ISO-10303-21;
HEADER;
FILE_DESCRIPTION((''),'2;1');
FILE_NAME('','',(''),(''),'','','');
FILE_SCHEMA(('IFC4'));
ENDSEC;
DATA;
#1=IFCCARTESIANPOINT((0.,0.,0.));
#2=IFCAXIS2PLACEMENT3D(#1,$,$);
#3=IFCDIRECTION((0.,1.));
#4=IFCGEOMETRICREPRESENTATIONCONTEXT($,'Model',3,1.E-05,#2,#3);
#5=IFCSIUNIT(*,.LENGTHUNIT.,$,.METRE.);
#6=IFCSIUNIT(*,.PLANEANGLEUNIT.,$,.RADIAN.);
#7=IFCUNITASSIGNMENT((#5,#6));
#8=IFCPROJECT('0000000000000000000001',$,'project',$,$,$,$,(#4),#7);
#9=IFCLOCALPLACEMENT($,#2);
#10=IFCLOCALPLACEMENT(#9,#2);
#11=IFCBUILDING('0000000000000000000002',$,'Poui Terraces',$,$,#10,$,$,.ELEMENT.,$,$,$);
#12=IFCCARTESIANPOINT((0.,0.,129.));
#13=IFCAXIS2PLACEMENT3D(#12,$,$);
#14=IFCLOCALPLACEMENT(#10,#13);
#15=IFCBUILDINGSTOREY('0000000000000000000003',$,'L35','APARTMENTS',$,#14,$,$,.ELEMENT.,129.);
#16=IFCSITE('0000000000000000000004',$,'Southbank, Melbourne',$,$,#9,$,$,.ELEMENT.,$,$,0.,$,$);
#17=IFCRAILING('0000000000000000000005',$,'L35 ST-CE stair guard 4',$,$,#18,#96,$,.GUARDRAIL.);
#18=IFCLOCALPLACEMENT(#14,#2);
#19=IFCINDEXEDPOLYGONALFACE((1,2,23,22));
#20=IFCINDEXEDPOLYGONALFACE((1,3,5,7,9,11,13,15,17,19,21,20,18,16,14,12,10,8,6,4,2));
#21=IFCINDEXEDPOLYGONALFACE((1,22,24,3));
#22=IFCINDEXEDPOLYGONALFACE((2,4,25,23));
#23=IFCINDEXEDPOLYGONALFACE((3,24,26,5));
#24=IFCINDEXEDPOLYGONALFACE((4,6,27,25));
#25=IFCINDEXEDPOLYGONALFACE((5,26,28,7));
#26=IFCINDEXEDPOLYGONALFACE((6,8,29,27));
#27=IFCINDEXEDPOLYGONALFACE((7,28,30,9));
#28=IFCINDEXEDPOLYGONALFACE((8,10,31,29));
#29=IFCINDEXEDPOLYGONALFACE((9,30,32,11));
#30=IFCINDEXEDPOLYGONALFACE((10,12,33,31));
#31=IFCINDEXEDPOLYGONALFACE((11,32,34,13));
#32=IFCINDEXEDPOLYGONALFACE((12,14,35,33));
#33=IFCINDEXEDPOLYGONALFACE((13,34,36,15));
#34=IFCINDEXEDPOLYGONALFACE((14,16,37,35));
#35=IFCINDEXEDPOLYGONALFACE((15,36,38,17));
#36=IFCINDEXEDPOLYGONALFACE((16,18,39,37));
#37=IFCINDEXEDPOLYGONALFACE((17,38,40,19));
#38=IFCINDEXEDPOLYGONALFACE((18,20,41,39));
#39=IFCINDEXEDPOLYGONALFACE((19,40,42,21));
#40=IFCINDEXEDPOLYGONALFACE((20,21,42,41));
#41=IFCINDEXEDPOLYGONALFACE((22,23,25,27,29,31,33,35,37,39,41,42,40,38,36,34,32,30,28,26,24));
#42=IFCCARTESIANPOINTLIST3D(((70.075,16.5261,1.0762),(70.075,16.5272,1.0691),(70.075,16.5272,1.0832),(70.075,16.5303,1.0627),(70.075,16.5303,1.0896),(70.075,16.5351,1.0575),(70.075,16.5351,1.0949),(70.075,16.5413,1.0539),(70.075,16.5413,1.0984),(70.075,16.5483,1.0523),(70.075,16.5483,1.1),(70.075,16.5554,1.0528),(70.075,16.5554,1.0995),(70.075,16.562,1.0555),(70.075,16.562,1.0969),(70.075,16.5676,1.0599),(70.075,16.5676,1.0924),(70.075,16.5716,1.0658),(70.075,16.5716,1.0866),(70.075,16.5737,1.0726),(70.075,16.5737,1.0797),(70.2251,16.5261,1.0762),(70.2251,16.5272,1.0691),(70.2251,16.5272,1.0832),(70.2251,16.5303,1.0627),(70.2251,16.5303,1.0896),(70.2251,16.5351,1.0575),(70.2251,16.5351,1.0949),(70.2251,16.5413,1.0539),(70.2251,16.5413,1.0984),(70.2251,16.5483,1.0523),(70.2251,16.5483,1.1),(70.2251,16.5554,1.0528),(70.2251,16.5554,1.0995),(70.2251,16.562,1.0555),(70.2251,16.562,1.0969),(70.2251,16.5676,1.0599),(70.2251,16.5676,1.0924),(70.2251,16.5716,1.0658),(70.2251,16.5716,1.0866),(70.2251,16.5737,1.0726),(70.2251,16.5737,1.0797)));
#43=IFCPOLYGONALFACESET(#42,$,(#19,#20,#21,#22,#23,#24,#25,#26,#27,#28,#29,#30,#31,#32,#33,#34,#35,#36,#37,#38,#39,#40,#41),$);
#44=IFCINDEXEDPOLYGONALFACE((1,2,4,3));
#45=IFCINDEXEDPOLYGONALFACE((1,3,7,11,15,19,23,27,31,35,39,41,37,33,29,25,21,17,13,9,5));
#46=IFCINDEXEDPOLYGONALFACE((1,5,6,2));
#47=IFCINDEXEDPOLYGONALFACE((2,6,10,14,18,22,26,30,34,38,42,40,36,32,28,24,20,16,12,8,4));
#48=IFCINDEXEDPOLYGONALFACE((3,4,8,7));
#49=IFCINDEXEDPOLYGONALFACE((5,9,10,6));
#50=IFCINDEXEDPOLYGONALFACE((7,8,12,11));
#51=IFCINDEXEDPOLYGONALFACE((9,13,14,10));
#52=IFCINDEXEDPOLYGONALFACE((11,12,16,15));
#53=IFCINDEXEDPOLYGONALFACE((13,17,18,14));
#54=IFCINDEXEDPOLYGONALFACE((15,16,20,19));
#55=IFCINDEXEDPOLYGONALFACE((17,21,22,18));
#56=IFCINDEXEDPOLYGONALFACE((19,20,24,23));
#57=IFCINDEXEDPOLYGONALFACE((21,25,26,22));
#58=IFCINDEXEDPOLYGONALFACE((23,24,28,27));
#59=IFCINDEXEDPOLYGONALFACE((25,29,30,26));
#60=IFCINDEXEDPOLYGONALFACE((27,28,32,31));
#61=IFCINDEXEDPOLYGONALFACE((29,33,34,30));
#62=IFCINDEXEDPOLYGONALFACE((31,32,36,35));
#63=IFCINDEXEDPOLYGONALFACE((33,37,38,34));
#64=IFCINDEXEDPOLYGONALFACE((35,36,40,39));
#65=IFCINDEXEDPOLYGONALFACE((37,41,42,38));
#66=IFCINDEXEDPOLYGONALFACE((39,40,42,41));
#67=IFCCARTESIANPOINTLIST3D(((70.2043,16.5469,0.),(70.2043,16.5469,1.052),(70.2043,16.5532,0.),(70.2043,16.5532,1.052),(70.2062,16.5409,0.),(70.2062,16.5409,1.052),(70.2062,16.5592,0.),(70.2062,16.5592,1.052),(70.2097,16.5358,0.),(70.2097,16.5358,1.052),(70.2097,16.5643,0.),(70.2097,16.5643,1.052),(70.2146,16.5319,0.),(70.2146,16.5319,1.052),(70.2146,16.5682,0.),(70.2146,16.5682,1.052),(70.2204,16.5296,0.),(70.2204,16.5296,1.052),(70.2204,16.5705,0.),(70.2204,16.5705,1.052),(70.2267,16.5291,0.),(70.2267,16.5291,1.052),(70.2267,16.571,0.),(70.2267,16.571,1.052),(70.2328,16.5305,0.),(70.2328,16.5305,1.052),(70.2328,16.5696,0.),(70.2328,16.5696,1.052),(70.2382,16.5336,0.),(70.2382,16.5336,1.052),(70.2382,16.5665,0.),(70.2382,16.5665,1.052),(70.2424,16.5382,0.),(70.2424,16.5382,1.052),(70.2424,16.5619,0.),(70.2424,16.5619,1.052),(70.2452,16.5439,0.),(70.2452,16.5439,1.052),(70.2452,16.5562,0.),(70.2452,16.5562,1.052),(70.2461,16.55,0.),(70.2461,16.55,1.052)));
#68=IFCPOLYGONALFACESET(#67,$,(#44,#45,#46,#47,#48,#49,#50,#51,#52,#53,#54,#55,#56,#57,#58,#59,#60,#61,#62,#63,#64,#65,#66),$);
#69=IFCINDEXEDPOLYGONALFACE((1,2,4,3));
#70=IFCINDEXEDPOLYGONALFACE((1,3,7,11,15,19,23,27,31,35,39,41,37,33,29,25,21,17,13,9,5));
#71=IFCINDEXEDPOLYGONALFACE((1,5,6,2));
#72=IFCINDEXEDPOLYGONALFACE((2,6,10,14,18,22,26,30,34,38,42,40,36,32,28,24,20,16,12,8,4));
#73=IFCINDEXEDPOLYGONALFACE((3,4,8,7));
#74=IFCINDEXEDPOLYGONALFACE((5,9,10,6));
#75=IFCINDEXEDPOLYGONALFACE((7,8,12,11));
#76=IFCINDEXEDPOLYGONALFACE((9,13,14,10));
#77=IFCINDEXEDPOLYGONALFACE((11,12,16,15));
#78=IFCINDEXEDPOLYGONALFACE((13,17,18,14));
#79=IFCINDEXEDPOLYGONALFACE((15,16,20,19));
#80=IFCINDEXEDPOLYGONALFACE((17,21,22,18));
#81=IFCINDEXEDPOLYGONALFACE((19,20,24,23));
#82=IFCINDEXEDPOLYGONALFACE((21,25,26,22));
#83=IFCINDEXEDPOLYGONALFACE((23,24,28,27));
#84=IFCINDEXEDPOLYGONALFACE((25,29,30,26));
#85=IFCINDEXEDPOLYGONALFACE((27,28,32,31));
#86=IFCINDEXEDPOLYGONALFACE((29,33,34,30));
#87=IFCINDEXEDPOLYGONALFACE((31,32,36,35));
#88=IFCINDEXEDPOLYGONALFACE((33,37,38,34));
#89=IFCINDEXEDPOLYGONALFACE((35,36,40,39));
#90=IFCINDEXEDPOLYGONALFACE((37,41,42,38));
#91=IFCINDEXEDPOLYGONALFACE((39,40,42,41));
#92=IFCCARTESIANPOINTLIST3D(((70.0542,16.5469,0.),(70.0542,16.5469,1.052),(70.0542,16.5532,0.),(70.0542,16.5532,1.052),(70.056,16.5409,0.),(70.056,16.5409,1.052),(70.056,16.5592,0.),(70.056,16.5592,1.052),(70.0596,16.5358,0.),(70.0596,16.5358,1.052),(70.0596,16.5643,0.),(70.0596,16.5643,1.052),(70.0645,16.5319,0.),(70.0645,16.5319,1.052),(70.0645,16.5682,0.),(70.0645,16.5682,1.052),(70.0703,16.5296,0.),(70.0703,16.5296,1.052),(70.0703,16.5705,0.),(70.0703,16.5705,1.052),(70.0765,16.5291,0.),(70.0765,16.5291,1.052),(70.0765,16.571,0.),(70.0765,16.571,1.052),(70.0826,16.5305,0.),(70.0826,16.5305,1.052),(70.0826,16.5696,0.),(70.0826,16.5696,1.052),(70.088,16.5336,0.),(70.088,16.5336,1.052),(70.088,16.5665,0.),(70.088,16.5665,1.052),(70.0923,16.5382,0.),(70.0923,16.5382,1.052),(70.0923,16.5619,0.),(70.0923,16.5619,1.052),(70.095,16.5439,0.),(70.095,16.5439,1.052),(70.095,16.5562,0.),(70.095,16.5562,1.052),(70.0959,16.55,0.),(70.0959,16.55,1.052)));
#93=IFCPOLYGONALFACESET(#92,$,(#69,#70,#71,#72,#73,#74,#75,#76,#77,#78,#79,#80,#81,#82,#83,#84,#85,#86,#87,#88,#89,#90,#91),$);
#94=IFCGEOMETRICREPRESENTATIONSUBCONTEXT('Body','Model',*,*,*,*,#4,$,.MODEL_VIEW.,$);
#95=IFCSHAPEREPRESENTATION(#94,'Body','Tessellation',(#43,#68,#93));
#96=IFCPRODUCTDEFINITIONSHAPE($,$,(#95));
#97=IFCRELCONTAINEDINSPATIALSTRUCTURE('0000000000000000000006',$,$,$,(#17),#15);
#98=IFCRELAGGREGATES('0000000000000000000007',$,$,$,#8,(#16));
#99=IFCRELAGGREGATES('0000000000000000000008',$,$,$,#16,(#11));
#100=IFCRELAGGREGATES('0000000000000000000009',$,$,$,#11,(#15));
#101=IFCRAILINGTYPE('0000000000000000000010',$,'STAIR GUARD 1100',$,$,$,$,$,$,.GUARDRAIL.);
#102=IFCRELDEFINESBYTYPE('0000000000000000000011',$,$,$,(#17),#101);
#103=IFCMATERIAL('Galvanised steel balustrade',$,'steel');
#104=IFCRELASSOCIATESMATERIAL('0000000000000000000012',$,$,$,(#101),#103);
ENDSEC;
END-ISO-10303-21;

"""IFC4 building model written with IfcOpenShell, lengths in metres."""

from ifc_helpers import new_model, si_unit, direction, frame, origin, origin_2d, place, context, subcontext, project, spatial, circle, extrude, material, type_object, element, save


model = new_model("IFC4")

# Units and contexts
model_context = context("Model", 3, precision=1e-05, world=origin(), true_north=direction((0.0, 1.0)))
body_context = subcontext(model_context, "Body", "Model", "MODEL_VIEW")
ifc_project = project(units=[si_unit("LENGTHUNIT", "METRE"), si_unit("PLANEANGLEUNIT", "RADIAN")], contexts=[model_context])

# Site, building, storey
site_placement = place(None, origin())
site = spatial("IfcSite", under=ifc_project, at=site_placement, Name="Southbank, Melbourne", CompositionType="ELEMENT", RefElevation=0.0)
building_placement = place(site_placement, origin())
building = spatial("IfcBuilding", under=site, at=building_placement, Name="Poui Terraces", CompositionType="ELEMENT")
storey_placement = place(building_placement, frame((0.0, 0.0, 129.0)))
storey = spatial("IfcBuildingStorey", under=building, at=storey_placement, Name="L35", Description="APARTMENTS", CompositionType="ELEMENT", Elevation=129.0)

# Railing
ifc_material_1 = material(Name="Galvanised steel balustrade", Category="steel")
railing_type_1 = type_object("IfcRailingType", Name="STAIR GUARD 1100", PredefinedType="GUARDRAIL", material=ifc_material_1)
railing_1_placement = place(storey_placement, frame((70.2251, 16.55, 0.0)))
element("IfcRailing", 1, at=railing_1_placement, inside=storey, type_object=railing_type_1, Name="L35 ST-CE stair guard 4", PredefinedType="GUARDRAIL", context=body_context, shape_type="SweptSolid", body=[
    extrude(circle(Radius=0.0239, at=origin_2d()), frame((0.0, 0.0, 1.0762), z_axis=(-1.0, 0.0, 0.0), x_axis=(0.0, -1.0, 0.0)), (0.0, 0.0, 1.0), 0.1501),
    extrude(circle(Radius=0.021, at=origin_2d()), origin(), (0.0, 0.0, 1.0), 1.052),
    extrude(circle(Radius=0.021, at=origin_2d()), frame((-0.1501, 0.0, 0.0)), (0.0, 0.0, 1.0), 1.052),
])

save(model, "model.ifc")
